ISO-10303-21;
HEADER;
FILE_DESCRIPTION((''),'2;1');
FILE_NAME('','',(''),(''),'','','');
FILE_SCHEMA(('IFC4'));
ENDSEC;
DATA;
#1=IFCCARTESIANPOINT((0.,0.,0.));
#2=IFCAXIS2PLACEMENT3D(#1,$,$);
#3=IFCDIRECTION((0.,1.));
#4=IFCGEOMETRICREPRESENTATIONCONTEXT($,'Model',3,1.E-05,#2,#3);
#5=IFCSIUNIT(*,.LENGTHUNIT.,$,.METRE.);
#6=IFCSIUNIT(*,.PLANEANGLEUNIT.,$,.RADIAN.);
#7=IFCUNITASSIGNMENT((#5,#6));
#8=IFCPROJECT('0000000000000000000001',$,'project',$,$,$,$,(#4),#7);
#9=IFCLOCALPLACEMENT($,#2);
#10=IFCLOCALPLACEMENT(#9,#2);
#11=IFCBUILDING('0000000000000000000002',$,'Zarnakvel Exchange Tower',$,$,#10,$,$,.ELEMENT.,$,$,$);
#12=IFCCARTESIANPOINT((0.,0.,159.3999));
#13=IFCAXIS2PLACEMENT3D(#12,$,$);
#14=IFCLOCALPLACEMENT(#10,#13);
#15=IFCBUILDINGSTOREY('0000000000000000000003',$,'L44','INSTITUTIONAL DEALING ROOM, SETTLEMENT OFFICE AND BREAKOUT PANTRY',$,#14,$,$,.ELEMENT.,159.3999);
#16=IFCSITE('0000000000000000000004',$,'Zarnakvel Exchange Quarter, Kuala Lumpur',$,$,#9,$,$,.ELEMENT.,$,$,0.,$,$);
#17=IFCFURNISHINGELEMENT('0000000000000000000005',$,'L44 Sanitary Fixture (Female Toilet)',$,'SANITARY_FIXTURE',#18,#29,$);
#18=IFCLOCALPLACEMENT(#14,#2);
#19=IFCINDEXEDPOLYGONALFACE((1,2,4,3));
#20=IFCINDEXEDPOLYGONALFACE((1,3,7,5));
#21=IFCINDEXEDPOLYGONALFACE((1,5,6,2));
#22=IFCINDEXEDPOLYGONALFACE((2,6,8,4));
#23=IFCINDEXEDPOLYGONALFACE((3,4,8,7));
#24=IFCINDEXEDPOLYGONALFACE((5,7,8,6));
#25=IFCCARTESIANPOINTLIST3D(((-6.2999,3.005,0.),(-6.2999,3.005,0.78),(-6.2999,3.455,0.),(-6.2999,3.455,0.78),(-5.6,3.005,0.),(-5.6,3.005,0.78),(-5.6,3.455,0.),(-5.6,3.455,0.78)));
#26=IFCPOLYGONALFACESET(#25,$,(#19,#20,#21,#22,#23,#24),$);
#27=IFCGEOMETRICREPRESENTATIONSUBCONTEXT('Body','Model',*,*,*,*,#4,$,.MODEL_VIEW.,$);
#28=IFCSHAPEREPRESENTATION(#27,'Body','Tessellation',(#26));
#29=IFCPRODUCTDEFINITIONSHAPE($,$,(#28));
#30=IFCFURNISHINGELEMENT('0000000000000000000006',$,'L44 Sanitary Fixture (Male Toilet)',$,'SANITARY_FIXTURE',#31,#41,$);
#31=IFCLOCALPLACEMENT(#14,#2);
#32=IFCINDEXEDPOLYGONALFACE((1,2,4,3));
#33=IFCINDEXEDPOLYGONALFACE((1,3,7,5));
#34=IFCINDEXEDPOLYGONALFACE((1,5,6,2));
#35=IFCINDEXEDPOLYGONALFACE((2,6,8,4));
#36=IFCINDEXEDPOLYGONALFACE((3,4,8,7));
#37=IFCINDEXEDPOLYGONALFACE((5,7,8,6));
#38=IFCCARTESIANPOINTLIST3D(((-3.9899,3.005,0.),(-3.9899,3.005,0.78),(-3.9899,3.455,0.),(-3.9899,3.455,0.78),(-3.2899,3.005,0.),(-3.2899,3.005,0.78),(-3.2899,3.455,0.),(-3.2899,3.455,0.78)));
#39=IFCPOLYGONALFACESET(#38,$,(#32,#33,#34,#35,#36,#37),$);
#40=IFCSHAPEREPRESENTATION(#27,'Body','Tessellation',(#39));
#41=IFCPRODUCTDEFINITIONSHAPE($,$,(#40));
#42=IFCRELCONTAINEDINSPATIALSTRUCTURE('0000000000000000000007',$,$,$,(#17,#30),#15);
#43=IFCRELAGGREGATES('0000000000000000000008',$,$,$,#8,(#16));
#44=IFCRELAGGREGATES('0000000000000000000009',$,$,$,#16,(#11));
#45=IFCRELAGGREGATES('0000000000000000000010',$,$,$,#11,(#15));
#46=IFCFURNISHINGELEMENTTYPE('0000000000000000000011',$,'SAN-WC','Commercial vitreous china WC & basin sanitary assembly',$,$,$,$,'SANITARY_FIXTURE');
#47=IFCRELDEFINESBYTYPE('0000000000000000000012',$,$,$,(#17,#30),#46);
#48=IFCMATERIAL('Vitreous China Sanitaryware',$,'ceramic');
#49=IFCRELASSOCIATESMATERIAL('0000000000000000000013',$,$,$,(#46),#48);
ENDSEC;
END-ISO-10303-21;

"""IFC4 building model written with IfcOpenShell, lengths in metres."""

from ifc_helpers import new_model, si_unit, direction, frame, origin, origin_2d, place, context, subcontext, project, spatial, rectangle, extrude, source, transform, mapped, material, type_object, element, save


model = new_model("IFC4")

# Units and contexts
model_context = context("Model", 3, precision=1e-05, world=origin(), true_north=direction((0.0, 1.0)))
body_context = subcontext(model_context, "Body", "Model", "MODEL_VIEW")
ifc_project = project(units=[si_unit("LENGTHUNIT", "METRE"), si_unit("PLANEANGLEUNIT", "RADIAN")], contexts=[model_context])

# Site, building, storey
site_placement = place(None, origin())
site = spatial("IfcSite", under=ifc_project, at=site_placement, Name="Zarnakvel Exchange Quarter, Kuala Lumpur", CompositionType="ELEMENT", RefElevation=0.0)
building_placement = place(site_placement, origin())
building = spatial("IfcBuilding", under=site, at=building_placement, Name="Zarnakvel Exchange Tower", CompositionType="ELEMENT")
storey_placement = place(building_placement, frame((0.0, 0.0, 159.3999)))
storey = spatial("IfcBuildingStorey", under=building, at=storey_placement, Name="L44", Description="INSTITUTIONAL DEALING ROOM, SETTLEMENT OFFICE AND BREAKOUT PANTRY", CompositionType="ELEMENT", Elevation=159.3999)

# Furnishing elements
ifc_material_1 = material(Name="Vitreous China Sanitaryware", Category="ceramic")
furnishing_element_type = type_object("IfcFurnishingElementType", Name="SAN-WC", Description="Commercial vitreous china WC & basin sanitary assembly", ElementType="SANITARY_FIXTURE", material=ifc_material_1)
shared_shape_1 = source(origin(), body_context, "Body", "SweptSolid", [
    extrude(rectangle(XDim=0.7, YDim=0.45, at=origin_2d()), origin(), (0.0, 0.0, 1.0), 0.78),
])
for number, where, z_axis, x_axis, name in (
    (1, (-5.95, 3.23, 0.0), (0.0, 0.0, 1.0), (1.0, 0.0, 0.0), "L44 Sanitary Fixture (Female Toilet)"),
    (2, (-3.6399, 3.23, 0.0), (0.0, 0.0, 1.0), (1.0, 0.0, 0.0), "L44 Sanitary Fixture (Male Toilet)"),
):
    element("IfcFurnishingElement", number, at=place(storey_placement, frame(where, z_axis=z_axis, x_axis=x_axis)), inside=storey, type_object=furnishing_element_type, Name=name, ObjectType="SANITARY_FIXTURE", context=body_context, shape_type="MappedRepresentation", body=[
        mapped(shared_shape_1, transform((0.0, 0.0, 0.0), x_axis=(1.0, 0.0, 0.0), y_axis=(0.0, 1.0, 0.0), z_axis=(0.0, 0.0, 1.0), scale=1.0)),
    ])

save(model, "model.ifc")
